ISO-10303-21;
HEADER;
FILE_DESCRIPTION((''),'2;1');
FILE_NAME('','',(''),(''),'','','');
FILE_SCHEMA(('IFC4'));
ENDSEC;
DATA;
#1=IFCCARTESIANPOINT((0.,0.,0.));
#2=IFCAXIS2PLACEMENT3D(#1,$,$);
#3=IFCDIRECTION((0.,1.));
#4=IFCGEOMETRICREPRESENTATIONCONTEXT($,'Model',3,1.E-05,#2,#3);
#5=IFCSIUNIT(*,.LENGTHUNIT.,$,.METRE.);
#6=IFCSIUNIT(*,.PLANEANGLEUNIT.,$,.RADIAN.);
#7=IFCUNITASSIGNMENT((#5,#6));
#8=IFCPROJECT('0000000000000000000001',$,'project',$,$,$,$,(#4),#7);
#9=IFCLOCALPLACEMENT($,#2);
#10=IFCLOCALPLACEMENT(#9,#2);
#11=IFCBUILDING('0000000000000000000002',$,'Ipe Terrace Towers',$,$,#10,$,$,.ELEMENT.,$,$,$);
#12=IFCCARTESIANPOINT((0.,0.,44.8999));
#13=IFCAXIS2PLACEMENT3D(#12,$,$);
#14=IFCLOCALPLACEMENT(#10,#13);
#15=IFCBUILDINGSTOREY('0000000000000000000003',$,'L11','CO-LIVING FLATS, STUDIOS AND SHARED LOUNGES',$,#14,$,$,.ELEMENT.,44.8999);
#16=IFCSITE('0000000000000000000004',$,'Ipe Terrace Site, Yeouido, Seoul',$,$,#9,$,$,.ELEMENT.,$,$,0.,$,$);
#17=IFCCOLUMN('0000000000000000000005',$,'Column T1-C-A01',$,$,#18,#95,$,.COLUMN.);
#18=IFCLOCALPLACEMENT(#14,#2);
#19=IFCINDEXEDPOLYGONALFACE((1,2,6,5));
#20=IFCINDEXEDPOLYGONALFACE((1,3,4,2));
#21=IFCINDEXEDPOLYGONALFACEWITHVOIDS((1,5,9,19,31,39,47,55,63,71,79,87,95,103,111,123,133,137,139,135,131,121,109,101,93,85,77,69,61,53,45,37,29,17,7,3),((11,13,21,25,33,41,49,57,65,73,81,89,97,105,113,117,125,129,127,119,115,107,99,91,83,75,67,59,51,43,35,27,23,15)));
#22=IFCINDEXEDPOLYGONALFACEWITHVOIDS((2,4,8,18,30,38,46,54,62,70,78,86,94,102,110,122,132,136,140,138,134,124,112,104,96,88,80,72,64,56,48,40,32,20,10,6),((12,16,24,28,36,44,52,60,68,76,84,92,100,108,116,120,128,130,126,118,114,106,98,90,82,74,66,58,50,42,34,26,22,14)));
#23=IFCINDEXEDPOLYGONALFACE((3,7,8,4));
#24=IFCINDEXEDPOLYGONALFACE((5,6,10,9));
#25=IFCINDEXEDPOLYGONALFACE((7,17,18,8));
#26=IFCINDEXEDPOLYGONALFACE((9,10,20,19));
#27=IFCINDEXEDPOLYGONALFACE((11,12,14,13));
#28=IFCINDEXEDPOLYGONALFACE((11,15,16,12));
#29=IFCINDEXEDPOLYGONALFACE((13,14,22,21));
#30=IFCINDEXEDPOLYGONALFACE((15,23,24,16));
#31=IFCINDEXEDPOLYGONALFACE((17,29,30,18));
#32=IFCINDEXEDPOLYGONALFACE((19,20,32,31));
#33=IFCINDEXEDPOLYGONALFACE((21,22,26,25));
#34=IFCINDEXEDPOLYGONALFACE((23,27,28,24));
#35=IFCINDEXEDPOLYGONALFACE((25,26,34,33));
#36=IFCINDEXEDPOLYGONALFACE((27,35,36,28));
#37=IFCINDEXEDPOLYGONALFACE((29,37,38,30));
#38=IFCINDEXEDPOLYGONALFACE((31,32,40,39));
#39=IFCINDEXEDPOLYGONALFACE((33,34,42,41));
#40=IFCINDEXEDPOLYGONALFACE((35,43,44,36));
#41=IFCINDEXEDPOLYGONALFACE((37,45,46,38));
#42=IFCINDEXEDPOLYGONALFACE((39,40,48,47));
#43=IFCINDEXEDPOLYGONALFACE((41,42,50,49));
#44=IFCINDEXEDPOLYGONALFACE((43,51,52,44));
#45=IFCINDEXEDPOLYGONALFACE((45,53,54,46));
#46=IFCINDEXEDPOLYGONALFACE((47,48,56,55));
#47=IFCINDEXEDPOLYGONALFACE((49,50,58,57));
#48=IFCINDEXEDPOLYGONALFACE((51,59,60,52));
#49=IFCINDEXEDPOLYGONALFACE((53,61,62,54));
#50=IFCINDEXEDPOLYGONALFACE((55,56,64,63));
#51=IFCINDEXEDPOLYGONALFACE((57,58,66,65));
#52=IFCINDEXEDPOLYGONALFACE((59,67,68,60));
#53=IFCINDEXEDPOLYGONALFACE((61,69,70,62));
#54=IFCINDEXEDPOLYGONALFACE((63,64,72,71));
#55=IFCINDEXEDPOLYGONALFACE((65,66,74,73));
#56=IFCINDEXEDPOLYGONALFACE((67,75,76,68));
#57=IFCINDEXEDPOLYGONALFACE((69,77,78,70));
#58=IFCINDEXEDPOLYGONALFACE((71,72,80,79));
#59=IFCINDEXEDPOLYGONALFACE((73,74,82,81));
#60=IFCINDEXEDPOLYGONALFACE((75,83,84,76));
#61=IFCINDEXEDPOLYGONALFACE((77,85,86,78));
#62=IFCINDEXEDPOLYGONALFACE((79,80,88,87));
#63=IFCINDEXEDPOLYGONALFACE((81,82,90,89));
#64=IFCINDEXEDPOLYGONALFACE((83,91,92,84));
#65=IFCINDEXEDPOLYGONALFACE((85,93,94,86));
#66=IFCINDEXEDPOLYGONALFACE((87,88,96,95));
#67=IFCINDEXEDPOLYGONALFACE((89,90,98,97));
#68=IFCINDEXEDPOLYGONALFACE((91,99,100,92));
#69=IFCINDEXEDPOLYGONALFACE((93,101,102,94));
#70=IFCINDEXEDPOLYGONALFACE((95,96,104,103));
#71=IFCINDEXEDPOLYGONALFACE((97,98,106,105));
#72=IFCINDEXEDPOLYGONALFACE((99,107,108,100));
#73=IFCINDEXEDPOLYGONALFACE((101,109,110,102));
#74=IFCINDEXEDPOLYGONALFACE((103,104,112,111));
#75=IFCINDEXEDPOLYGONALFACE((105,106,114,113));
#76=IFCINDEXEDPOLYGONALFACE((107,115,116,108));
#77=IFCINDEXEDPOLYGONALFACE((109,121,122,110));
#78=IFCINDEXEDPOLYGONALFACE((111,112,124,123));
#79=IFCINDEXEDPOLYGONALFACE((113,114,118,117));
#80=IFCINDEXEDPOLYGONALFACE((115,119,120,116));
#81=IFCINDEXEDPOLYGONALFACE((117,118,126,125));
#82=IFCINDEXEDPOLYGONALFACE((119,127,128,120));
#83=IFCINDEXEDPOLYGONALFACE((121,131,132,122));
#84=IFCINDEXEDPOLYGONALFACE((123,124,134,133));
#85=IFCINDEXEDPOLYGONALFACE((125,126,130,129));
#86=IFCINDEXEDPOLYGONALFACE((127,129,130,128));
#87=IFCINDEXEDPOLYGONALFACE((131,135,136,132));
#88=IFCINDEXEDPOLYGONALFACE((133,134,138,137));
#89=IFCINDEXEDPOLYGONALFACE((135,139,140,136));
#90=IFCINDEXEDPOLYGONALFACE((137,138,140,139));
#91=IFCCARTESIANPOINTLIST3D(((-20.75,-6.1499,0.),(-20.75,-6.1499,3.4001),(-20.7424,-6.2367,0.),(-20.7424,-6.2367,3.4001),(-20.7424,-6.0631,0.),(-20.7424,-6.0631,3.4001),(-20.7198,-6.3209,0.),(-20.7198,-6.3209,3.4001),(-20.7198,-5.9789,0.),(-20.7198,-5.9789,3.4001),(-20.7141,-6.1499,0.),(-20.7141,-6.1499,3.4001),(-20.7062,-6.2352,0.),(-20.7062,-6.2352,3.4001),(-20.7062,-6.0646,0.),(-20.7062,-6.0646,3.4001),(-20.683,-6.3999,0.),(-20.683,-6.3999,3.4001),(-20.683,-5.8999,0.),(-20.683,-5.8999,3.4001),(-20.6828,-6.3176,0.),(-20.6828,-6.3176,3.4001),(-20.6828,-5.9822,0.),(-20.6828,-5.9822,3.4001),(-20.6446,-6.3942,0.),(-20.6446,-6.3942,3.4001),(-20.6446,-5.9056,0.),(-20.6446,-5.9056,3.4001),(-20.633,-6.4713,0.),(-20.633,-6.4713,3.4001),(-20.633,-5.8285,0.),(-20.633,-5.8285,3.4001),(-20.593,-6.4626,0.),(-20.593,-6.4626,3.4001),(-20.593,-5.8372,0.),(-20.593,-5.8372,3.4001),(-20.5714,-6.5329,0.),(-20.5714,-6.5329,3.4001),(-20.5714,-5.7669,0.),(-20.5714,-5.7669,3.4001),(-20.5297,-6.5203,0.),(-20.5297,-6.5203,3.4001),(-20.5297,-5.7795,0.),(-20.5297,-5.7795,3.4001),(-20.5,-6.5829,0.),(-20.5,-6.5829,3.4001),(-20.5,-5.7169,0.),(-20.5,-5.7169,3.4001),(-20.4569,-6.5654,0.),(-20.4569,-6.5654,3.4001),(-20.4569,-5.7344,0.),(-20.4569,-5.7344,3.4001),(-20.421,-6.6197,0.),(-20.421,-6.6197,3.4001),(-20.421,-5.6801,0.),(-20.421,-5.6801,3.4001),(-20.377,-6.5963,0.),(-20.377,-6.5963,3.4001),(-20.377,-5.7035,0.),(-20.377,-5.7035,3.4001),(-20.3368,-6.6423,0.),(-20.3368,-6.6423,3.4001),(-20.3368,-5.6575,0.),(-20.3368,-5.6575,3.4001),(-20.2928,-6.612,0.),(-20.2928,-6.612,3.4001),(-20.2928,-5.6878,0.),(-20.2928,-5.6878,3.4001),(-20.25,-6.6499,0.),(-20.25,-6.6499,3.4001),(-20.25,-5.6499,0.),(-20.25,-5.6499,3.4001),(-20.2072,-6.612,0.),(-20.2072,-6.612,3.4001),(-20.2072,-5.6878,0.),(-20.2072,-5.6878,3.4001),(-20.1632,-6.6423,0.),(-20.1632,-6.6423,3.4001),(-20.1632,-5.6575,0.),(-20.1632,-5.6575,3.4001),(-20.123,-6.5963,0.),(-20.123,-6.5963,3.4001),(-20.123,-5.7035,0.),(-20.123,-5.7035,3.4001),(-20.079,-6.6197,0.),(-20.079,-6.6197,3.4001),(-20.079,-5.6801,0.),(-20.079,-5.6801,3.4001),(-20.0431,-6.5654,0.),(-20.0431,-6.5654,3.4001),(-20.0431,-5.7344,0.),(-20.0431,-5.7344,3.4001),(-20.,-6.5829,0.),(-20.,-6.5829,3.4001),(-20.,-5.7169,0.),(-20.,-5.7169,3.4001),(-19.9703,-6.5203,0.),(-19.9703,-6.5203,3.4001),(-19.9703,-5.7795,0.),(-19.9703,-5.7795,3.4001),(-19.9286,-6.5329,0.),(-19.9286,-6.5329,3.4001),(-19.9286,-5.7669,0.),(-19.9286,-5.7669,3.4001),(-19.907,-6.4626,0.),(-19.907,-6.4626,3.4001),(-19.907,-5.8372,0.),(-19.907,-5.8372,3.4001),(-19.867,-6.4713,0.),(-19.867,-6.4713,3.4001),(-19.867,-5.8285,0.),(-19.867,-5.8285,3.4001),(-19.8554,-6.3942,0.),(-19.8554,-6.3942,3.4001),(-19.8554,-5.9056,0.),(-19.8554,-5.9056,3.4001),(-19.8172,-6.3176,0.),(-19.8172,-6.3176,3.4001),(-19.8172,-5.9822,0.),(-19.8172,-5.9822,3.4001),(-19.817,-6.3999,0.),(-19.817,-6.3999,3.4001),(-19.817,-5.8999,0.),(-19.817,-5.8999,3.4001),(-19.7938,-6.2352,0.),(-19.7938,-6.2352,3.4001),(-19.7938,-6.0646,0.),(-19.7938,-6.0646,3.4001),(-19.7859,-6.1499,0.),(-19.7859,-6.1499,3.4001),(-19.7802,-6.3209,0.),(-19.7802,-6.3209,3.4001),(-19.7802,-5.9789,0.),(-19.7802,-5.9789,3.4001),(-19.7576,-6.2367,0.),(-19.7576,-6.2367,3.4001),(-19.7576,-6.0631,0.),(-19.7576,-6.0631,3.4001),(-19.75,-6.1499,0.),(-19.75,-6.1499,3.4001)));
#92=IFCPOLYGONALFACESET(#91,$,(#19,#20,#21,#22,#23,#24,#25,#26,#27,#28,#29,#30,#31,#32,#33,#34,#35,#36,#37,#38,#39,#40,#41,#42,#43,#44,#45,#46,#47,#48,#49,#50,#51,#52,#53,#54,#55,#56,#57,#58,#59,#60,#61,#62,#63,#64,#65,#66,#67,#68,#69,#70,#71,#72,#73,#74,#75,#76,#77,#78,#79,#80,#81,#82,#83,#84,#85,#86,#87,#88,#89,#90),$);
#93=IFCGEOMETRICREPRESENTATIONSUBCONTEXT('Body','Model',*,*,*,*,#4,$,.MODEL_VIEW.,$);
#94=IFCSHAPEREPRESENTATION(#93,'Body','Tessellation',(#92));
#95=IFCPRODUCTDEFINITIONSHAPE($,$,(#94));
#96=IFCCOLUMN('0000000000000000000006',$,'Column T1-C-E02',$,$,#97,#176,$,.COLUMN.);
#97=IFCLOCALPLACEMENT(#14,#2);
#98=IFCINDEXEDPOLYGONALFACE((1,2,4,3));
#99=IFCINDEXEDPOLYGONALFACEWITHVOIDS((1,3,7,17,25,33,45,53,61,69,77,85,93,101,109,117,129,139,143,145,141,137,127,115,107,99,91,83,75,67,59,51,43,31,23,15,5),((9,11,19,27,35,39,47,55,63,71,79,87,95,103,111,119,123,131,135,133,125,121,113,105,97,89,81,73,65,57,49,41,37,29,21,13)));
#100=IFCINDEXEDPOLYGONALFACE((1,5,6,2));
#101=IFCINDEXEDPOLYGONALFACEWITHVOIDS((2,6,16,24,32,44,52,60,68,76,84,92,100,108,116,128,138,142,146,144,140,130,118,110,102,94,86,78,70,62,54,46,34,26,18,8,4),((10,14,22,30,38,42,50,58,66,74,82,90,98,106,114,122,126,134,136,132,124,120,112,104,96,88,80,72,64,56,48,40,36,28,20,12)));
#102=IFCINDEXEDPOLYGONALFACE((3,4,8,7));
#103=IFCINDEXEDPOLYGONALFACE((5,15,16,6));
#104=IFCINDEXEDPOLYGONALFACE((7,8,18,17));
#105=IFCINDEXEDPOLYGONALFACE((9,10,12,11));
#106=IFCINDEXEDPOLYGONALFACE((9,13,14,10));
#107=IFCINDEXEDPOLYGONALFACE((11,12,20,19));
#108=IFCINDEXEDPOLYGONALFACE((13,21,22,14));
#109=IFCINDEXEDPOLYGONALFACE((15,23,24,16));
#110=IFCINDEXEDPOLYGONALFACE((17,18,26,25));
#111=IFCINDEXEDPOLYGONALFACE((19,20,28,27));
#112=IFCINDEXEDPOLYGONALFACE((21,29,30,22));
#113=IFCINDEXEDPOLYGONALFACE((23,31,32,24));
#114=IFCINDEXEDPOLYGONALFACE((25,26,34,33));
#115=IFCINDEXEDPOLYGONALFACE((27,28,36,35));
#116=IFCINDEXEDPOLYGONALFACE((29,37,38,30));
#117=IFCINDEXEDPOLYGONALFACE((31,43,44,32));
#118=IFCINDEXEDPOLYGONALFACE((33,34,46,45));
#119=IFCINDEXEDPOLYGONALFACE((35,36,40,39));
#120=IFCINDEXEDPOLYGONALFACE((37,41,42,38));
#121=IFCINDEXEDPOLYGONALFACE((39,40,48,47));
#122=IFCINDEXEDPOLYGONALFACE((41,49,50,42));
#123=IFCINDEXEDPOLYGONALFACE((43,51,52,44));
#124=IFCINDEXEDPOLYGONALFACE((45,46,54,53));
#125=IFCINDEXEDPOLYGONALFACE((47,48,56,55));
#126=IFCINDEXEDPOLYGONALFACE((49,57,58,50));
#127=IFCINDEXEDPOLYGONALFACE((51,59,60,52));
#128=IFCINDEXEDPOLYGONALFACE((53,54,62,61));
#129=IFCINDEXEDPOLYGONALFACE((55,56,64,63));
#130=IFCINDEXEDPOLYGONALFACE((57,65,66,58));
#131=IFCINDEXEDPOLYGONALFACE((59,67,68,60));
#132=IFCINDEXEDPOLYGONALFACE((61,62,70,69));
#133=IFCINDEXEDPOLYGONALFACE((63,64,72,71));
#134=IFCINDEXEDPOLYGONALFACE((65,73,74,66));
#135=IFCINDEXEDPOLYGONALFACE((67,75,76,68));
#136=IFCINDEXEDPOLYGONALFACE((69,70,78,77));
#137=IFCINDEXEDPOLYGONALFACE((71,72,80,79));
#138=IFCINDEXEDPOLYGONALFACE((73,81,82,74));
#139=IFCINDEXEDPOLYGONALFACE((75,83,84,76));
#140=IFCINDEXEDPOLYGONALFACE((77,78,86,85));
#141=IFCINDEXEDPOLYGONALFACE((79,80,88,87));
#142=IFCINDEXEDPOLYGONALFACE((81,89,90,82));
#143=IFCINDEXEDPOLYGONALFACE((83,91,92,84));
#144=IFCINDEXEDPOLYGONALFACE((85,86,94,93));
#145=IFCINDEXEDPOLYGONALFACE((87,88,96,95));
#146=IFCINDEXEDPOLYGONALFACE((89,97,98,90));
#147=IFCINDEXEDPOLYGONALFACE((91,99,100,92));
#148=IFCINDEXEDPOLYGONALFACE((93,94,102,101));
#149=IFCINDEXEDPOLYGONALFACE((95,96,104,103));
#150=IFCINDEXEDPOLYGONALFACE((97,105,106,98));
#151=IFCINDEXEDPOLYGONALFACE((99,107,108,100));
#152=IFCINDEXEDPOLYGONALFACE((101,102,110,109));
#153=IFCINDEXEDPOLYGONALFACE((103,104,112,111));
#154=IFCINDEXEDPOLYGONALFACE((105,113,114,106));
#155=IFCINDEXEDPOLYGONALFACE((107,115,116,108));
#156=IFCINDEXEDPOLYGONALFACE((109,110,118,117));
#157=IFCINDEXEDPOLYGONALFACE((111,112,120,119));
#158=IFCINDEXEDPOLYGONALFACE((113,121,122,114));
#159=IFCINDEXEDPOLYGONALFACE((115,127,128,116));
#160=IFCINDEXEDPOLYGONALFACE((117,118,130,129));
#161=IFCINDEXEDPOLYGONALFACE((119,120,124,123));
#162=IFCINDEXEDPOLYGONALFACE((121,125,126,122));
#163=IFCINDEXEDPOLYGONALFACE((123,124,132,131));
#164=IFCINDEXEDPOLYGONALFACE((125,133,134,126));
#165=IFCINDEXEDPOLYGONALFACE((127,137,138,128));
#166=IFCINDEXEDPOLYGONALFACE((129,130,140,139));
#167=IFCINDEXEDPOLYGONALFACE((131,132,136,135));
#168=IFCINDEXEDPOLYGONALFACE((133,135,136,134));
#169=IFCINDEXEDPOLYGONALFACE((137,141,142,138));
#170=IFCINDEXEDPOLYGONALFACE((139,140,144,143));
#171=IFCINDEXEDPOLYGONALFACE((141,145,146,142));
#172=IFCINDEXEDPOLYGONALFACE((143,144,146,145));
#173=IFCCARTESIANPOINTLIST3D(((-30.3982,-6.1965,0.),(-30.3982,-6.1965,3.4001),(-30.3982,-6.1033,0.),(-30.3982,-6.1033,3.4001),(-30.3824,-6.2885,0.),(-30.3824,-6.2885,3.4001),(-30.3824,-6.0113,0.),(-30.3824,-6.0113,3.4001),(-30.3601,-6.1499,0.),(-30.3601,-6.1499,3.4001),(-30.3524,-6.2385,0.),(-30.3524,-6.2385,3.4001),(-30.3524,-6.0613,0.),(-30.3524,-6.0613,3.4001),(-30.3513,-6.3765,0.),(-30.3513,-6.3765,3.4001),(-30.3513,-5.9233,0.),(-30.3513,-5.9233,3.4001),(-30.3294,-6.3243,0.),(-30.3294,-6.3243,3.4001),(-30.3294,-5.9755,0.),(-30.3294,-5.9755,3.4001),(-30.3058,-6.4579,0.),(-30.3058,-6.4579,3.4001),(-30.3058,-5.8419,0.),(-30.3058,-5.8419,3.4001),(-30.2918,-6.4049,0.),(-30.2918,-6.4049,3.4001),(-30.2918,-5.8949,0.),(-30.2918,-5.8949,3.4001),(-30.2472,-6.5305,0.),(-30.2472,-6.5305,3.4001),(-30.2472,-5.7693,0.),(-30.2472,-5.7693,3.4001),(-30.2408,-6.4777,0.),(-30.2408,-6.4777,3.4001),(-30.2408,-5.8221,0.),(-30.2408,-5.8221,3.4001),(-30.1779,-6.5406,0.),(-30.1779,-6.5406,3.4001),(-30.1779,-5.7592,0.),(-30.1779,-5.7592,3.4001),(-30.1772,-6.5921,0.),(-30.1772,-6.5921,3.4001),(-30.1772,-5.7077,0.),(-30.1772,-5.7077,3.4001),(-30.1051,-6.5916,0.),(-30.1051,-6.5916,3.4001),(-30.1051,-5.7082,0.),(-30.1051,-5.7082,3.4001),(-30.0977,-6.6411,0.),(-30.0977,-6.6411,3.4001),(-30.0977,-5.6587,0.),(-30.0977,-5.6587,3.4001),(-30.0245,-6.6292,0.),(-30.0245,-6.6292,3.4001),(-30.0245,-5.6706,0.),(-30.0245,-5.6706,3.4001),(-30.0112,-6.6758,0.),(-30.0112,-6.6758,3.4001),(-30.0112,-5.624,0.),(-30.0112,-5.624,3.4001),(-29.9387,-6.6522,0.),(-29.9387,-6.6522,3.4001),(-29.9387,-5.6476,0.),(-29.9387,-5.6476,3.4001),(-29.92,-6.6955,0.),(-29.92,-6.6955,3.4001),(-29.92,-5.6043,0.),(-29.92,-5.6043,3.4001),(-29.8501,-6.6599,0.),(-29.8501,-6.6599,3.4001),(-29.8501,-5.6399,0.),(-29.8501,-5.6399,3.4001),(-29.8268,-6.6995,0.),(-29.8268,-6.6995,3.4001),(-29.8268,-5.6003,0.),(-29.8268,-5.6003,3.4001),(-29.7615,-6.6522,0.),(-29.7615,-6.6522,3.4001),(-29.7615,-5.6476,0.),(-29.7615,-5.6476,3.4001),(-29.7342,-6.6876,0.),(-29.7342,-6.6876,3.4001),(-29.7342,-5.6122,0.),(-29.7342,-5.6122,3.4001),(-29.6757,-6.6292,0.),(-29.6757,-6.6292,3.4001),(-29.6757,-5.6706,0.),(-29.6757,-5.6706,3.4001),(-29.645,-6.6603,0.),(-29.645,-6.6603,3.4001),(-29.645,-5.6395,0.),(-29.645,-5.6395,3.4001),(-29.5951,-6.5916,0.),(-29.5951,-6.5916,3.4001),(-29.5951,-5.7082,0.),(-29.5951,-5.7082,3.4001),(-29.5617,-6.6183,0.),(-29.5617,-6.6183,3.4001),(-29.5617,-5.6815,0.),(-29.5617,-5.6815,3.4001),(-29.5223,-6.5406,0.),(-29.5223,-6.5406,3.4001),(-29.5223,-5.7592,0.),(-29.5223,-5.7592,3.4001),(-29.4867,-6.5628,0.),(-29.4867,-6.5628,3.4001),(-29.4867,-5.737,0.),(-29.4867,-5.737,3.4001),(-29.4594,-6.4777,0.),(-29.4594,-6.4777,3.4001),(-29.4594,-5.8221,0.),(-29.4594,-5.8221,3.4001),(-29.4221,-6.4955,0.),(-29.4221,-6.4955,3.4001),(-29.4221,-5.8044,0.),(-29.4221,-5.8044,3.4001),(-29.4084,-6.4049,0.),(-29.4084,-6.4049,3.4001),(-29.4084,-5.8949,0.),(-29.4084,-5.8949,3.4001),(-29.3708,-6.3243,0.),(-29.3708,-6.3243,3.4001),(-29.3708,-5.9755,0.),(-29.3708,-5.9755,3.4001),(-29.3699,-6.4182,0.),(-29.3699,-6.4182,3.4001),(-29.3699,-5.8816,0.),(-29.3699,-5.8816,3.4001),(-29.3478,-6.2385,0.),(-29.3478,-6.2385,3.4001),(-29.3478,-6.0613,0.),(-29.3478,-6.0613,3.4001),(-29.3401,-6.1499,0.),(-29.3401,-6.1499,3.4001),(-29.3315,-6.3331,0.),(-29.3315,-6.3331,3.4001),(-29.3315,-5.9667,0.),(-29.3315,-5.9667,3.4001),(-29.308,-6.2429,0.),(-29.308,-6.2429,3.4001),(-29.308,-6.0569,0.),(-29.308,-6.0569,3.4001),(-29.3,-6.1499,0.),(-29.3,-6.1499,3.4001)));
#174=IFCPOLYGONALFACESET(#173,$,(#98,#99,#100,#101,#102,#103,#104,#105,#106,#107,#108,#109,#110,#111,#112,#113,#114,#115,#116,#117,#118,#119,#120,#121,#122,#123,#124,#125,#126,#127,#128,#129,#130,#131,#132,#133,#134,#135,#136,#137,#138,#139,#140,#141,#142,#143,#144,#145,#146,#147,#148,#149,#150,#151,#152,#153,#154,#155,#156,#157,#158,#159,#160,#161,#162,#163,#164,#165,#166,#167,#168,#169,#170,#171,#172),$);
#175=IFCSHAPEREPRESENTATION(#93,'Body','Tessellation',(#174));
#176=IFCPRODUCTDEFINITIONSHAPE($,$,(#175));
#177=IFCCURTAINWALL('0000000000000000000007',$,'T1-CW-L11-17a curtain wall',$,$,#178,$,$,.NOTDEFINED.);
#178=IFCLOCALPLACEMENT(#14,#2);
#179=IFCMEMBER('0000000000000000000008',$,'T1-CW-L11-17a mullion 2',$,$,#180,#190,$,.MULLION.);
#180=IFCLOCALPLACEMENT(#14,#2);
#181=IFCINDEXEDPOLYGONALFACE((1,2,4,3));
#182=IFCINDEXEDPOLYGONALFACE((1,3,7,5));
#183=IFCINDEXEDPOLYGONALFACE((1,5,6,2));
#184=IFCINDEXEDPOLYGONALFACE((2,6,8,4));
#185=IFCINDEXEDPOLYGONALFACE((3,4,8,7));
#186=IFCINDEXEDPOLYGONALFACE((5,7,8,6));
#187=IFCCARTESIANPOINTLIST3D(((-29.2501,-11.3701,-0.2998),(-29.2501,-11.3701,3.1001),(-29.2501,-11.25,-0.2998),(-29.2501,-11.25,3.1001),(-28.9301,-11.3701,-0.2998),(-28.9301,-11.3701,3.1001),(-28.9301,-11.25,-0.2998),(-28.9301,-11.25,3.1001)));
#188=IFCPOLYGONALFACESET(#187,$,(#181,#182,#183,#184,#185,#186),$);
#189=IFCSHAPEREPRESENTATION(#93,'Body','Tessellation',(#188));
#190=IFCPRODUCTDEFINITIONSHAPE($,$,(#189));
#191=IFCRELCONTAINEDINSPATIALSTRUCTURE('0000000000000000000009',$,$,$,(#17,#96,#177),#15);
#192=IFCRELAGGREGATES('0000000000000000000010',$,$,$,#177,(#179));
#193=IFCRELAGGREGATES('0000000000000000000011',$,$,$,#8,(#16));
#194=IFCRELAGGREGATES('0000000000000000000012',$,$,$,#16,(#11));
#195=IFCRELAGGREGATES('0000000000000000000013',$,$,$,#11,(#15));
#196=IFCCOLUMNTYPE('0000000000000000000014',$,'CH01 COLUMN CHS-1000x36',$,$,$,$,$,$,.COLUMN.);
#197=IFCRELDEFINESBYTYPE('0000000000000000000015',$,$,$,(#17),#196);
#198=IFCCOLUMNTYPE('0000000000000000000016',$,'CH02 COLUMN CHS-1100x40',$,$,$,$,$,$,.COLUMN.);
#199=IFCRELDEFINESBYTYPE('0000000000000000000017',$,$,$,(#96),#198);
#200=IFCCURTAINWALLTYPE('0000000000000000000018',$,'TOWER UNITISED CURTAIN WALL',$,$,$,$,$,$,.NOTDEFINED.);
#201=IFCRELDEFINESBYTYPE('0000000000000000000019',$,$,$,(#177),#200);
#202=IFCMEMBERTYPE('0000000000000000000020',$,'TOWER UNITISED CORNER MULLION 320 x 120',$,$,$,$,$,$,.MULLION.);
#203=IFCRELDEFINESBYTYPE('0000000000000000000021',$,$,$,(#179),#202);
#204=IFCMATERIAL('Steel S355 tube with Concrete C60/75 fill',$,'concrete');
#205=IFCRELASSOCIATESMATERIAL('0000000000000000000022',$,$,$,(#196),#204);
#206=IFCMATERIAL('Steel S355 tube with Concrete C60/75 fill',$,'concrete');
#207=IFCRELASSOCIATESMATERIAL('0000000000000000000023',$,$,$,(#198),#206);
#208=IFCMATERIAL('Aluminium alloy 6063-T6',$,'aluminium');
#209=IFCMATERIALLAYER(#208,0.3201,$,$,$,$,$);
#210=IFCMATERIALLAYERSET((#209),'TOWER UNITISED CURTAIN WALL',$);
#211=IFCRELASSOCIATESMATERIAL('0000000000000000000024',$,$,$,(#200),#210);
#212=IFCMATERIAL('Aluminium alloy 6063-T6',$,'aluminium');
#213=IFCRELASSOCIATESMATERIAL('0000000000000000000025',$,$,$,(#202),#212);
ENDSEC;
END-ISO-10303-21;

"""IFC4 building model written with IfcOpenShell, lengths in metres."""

from ifc_helpers import new_model, si_unit, direction, frame, origin, origin_2d, place, context, subcontext, project, spatial, rectangle, hollow_circle, extrude, material, layer, layer_set, material_profile, profile_set, type_object, element, aggregate, save


model = new_model("IFC4")

# Units and contexts
model_context = context("Model", 3, precision=1e-05, world=origin(), true_north=direction((0.0, 1.0)))
body_context = subcontext(model_context, "Body", "Model", "MODEL_VIEW")
ifc_project = project(units=[si_unit("LENGTHUNIT", "METRE"), si_unit("PLANEANGLEUNIT", "RADIAN")], contexts=[model_context])

# Site, building, storey
site_placement = place(None, origin())
site = spatial("IfcSite", under=ifc_project, at=site_placement, Name="Ipe Terrace Site, Yeouido, Seoul", CompositionType="ELEMENT", RefElevation=0.0)
building_placement = place(site_placement, origin())
building = spatial("IfcBuilding", under=site, at=building_placement, Name="Ipe Terrace Towers", CompositionType="ELEMENT")
storey_placement = place(building_placement, frame((0.0, 0.0, 44.8999)))
storey = spatial("IfcBuildingStorey", under=building, at=storey_placement, Name="L11", Description="CO-LIVING FLATS, STUDIOS AND SHARED LOUNGES", CompositionType="ELEMENT", Elevation=44.8999)

# Columns
ifc_material_1 = material(Name="Steel S355 tube with Concrete C60/75 fill", Category="concrete")
ifc_material_profile_1 = material_profile(ifc_material_1, hollow_circle(Radius=0.5, WallThickness=0.0359, at=origin_2d()), Name="CHS-1000x36")
ifc_profile_set_1 = profile_set([ifc_material_profile_1], Name="Steel S355 tube with Concrete C60/75 fill")
column_type_1 = type_object("IfcColumnType", Name="CH01 COLUMN CHS-1000x36", PredefinedType="COLUMN", material=ifc_profile_set_1)
column_1_placement = place(storey_placement, frame((-20.25, -6.1499, 0.0), z_axis=(0.0, 0.0, 1.0), x_axis=(1.0, 0.0, 0.0)))
element("IfcColumn", 1, at=column_1_placement, inside=storey, type_object=column_type_1, Name="Column T1-C-A01", PredefinedType="COLUMN", context=body_context, shape_type="SweptSolid", body=[
    extrude(hollow_circle(Radius=0.5, WallThickness=0.0359, at=origin_2d()), origin(), (0.0, 0.0, 1.0), 3.4001),
])
ifc_material_2 = material(Name="Steel S355 tube with Concrete C60/75 fill", Category="concrete")
ifc_material_profile_2 = material_profile(ifc_material_2, hollow_circle(Radius=0.55, WallThickness=0.04, at=origin_2d()), Name="CHS-1100x40")
ifc_profile_set_2 = profile_set([ifc_material_profile_2], Name="Steel S355 tube with Concrete C60/75 fill")
column_type_2 = type_object("IfcColumnType", Name="CH02 COLUMN CHS-1100x40", PredefinedType="COLUMN", material=ifc_profile_set_2)
column_2_placement = place(storey_placement, frame((-29.8501, -6.1499, 0.0), z_axis=(0.0, 0.0, 1.0), x_axis=(1.0, 0.0, 0.0)))
element("IfcColumn", 2, at=column_2_placement, inside=storey, type_object=column_type_2, Name="Column T1-C-E02", PredefinedType="COLUMN", context=body_context, shape_type="SweptSolid", body=[
    extrude(hollow_circle(Radius=0.55, WallThickness=0.04, at=origin_2d()), origin(), (0.0, 0.0, 1.0), 3.4001),
])

# Curtain wall, member
ifc_material_3 = material(Name="Aluminium alloy 6063-T6", Category="aluminium")
ifc_layer_1 = layer(ifc_material_3, 0.3201)
ifc_layer_set_1 = layer_set([ifc_layer_1], Name="TOWER UNITISED CURTAIN WALL")
curtain_wall_type = type_object("IfcCurtainWallType", Name="TOWER UNITISED CURTAIN WALL", PredefinedType="NOTDEFINED", material=ifc_layer_set_1)
curtain_wall_placement = place(storey_placement, origin())
curtain_wall = element("IfcCurtainWall", 3, at=curtain_wall_placement, inside=storey, type_object=curtain_wall_type, Name="T1-CW-L11-17a curtain wall", PredefinedType="NOTDEFINED")
ifc_material_4 = material(Name="Aluminium alloy 6063-T6", Category="aluminium")
ifc_material_profile_3 = material_profile(ifc_material_4, rectangle(XDim=0.3201, YDim=0.1201, at=origin_2d()), Name="TOWER UNITISED CORNER MULLION 320 x 120")
ifc_profile_set_3 = profile_set([ifc_material_profile_3], Name="Aluminium alloy 6063-T6")
member_type = type_object("IfcMemberType", Name="TOWER UNITISED CORNER MULLION 320 x 120", PredefinedType="MULLION", material=ifc_profile_set_3)
member_placement = place(storey_placement, frame((-29.0901, -11.3101, -0.2998), z_axis=(0.0, 0.0, 1.0), x_axis=(1.0, 0.0, 0.0)))
member = element("IfcMember", 4, at=member_placement, type_object=member_type, Name="T1-CW-L11-17a mullion 2", PredefinedType="MULLION", context=body_context, shape_type="SweptSolid", body=[
    extrude(rectangle(XDim=0.3201, YDim=0.1201, at=origin_2d()), origin(), (0.0, 0.0, 1.0), 3.3999),
])
aggregate(curtain_wall, [member])

save(model, "model.ifc")
